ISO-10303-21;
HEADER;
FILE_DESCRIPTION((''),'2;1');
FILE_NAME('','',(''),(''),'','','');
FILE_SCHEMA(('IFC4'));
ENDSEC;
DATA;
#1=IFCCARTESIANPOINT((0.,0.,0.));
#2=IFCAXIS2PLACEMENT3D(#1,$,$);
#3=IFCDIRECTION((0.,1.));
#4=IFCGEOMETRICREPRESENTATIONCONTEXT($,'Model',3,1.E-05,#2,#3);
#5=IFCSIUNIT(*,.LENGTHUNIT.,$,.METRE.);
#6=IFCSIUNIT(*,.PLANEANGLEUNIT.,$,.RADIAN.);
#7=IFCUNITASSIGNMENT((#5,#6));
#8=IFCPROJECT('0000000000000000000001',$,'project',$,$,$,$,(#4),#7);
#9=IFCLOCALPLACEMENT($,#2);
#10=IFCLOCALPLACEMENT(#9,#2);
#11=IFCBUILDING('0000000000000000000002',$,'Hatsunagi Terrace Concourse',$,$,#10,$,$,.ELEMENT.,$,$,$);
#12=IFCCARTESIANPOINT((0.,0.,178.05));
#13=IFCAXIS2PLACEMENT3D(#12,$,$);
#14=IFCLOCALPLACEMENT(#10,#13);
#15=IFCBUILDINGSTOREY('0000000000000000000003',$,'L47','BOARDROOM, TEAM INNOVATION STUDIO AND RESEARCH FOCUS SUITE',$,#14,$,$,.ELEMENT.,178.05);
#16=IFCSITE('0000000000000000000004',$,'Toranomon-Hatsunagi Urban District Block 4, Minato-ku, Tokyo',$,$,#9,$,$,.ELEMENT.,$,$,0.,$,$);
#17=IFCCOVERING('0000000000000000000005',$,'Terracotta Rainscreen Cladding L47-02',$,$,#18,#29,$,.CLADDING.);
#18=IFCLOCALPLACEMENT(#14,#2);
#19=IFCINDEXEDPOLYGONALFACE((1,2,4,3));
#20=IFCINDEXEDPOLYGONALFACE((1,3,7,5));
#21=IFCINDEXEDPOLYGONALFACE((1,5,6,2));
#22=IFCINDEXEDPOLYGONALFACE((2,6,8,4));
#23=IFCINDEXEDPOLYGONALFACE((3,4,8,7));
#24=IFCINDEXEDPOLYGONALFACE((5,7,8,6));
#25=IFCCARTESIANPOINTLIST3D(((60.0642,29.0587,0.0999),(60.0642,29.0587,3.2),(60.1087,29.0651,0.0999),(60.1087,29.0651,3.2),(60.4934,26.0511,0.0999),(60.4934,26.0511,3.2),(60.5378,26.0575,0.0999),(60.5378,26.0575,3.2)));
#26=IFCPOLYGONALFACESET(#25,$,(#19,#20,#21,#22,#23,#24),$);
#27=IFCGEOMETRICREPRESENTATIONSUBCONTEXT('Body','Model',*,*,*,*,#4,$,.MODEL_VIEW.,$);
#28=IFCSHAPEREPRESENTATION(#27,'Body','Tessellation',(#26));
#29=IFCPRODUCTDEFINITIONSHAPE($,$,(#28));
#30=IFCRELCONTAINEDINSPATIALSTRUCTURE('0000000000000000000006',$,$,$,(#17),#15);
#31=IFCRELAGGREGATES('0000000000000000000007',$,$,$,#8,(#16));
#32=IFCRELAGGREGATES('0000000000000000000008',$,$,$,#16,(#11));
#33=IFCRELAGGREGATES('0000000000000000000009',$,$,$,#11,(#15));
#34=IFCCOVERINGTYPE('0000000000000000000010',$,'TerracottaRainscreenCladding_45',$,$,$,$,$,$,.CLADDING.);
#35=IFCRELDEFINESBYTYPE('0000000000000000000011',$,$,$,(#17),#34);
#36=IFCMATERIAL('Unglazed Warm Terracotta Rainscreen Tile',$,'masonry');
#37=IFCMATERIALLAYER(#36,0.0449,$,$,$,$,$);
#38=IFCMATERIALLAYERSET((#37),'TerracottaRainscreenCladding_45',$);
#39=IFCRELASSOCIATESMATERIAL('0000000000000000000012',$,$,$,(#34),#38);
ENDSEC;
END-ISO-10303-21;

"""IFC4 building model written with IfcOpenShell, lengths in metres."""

from ifc_helpers import new_model, si_unit, direction, frame, origin, origin_2d, place, context, subcontext, project, spatial, rectangle, extrude, material, layer, layer_set, type_object, element, save


model = new_model("IFC4")

# Units and contexts
model_context = context("Model", 3, precision=1e-05, world=origin(), true_north=direction((0.0, 1.0)))
body_context = subcontext(model_context, "Body", "Model", "MODEL_VIEW")
ifc_project = project(units=[si_unit("LENGTHUNIT", "METRE"), si_unit("PLANEANGLEUNIT", "RADIAN")], contexts=[model_context])

# Site, building, storey
site_placement = place(None, origin())
site = spatial("IfcSite", under=ifc_project, at=site_placement, Name="Toranomon-Hatsunagi Urban District Block 4, Minato-ku, Tokyo", CompositionType="ELEMENT", RefElevation=0.0)
building_placement = place(site_placement, origin())
building = spatial("IfcBuilding", under=site, at=building_placement, Name="Hatsunagi Terrace Concourse", CompositionType="ELEMENT")
storey_placement = place(building_placement, frame((0.0, 0.0, 178.05)))
storey = spatial("IfcBuildingStorey", under=building, at=storey_placement, Name="L47", Description="BOARDROOM, TEAM INNOVATION STUDIO AND RESEARCH FOCUS SUITE", CompositionType="ELEMENT", Elevation=178.05)

# Covering
ifc_material_1 = material(Name="Unglazed Warm Terracotta Rainscreen Tile", Category="masonry")
ifc_layer_1 = layer(ifc_material_1, 0.0449)
ifc_layer_set_1 = layer_set([ifc_layer_1], Name="TerracottaRainscreenCladding_45")
covering_type = type_object("IfcCoveringType", Name="TerracottaRainscreenCladding_45", PredefinedType="CLADDING", material=ifc_layer_set_1)
covering_placement = place(storey_placement, frame((60.301, 27.5581, 0.0999), z_axis=(0.0, 0.0, 1.0), x_axis=(0.14125, -0.989974, 0.0)))
element("IfcCovering", 1, at=covering_placement, inside=storey, type_object=covering_type, Name="Terracotta Rainscreen Cladding L47-02", PredefinedType="CLADDING", context=body_context, shape_type="SweptSolid", body=[
    extrude(rectangle(XDim=3.0381, YDim=0.0449, at=origin_2d()), origin(), (0.0, 0.0, 1.0), 3.1001),
])

save(model, "model.ifc")
